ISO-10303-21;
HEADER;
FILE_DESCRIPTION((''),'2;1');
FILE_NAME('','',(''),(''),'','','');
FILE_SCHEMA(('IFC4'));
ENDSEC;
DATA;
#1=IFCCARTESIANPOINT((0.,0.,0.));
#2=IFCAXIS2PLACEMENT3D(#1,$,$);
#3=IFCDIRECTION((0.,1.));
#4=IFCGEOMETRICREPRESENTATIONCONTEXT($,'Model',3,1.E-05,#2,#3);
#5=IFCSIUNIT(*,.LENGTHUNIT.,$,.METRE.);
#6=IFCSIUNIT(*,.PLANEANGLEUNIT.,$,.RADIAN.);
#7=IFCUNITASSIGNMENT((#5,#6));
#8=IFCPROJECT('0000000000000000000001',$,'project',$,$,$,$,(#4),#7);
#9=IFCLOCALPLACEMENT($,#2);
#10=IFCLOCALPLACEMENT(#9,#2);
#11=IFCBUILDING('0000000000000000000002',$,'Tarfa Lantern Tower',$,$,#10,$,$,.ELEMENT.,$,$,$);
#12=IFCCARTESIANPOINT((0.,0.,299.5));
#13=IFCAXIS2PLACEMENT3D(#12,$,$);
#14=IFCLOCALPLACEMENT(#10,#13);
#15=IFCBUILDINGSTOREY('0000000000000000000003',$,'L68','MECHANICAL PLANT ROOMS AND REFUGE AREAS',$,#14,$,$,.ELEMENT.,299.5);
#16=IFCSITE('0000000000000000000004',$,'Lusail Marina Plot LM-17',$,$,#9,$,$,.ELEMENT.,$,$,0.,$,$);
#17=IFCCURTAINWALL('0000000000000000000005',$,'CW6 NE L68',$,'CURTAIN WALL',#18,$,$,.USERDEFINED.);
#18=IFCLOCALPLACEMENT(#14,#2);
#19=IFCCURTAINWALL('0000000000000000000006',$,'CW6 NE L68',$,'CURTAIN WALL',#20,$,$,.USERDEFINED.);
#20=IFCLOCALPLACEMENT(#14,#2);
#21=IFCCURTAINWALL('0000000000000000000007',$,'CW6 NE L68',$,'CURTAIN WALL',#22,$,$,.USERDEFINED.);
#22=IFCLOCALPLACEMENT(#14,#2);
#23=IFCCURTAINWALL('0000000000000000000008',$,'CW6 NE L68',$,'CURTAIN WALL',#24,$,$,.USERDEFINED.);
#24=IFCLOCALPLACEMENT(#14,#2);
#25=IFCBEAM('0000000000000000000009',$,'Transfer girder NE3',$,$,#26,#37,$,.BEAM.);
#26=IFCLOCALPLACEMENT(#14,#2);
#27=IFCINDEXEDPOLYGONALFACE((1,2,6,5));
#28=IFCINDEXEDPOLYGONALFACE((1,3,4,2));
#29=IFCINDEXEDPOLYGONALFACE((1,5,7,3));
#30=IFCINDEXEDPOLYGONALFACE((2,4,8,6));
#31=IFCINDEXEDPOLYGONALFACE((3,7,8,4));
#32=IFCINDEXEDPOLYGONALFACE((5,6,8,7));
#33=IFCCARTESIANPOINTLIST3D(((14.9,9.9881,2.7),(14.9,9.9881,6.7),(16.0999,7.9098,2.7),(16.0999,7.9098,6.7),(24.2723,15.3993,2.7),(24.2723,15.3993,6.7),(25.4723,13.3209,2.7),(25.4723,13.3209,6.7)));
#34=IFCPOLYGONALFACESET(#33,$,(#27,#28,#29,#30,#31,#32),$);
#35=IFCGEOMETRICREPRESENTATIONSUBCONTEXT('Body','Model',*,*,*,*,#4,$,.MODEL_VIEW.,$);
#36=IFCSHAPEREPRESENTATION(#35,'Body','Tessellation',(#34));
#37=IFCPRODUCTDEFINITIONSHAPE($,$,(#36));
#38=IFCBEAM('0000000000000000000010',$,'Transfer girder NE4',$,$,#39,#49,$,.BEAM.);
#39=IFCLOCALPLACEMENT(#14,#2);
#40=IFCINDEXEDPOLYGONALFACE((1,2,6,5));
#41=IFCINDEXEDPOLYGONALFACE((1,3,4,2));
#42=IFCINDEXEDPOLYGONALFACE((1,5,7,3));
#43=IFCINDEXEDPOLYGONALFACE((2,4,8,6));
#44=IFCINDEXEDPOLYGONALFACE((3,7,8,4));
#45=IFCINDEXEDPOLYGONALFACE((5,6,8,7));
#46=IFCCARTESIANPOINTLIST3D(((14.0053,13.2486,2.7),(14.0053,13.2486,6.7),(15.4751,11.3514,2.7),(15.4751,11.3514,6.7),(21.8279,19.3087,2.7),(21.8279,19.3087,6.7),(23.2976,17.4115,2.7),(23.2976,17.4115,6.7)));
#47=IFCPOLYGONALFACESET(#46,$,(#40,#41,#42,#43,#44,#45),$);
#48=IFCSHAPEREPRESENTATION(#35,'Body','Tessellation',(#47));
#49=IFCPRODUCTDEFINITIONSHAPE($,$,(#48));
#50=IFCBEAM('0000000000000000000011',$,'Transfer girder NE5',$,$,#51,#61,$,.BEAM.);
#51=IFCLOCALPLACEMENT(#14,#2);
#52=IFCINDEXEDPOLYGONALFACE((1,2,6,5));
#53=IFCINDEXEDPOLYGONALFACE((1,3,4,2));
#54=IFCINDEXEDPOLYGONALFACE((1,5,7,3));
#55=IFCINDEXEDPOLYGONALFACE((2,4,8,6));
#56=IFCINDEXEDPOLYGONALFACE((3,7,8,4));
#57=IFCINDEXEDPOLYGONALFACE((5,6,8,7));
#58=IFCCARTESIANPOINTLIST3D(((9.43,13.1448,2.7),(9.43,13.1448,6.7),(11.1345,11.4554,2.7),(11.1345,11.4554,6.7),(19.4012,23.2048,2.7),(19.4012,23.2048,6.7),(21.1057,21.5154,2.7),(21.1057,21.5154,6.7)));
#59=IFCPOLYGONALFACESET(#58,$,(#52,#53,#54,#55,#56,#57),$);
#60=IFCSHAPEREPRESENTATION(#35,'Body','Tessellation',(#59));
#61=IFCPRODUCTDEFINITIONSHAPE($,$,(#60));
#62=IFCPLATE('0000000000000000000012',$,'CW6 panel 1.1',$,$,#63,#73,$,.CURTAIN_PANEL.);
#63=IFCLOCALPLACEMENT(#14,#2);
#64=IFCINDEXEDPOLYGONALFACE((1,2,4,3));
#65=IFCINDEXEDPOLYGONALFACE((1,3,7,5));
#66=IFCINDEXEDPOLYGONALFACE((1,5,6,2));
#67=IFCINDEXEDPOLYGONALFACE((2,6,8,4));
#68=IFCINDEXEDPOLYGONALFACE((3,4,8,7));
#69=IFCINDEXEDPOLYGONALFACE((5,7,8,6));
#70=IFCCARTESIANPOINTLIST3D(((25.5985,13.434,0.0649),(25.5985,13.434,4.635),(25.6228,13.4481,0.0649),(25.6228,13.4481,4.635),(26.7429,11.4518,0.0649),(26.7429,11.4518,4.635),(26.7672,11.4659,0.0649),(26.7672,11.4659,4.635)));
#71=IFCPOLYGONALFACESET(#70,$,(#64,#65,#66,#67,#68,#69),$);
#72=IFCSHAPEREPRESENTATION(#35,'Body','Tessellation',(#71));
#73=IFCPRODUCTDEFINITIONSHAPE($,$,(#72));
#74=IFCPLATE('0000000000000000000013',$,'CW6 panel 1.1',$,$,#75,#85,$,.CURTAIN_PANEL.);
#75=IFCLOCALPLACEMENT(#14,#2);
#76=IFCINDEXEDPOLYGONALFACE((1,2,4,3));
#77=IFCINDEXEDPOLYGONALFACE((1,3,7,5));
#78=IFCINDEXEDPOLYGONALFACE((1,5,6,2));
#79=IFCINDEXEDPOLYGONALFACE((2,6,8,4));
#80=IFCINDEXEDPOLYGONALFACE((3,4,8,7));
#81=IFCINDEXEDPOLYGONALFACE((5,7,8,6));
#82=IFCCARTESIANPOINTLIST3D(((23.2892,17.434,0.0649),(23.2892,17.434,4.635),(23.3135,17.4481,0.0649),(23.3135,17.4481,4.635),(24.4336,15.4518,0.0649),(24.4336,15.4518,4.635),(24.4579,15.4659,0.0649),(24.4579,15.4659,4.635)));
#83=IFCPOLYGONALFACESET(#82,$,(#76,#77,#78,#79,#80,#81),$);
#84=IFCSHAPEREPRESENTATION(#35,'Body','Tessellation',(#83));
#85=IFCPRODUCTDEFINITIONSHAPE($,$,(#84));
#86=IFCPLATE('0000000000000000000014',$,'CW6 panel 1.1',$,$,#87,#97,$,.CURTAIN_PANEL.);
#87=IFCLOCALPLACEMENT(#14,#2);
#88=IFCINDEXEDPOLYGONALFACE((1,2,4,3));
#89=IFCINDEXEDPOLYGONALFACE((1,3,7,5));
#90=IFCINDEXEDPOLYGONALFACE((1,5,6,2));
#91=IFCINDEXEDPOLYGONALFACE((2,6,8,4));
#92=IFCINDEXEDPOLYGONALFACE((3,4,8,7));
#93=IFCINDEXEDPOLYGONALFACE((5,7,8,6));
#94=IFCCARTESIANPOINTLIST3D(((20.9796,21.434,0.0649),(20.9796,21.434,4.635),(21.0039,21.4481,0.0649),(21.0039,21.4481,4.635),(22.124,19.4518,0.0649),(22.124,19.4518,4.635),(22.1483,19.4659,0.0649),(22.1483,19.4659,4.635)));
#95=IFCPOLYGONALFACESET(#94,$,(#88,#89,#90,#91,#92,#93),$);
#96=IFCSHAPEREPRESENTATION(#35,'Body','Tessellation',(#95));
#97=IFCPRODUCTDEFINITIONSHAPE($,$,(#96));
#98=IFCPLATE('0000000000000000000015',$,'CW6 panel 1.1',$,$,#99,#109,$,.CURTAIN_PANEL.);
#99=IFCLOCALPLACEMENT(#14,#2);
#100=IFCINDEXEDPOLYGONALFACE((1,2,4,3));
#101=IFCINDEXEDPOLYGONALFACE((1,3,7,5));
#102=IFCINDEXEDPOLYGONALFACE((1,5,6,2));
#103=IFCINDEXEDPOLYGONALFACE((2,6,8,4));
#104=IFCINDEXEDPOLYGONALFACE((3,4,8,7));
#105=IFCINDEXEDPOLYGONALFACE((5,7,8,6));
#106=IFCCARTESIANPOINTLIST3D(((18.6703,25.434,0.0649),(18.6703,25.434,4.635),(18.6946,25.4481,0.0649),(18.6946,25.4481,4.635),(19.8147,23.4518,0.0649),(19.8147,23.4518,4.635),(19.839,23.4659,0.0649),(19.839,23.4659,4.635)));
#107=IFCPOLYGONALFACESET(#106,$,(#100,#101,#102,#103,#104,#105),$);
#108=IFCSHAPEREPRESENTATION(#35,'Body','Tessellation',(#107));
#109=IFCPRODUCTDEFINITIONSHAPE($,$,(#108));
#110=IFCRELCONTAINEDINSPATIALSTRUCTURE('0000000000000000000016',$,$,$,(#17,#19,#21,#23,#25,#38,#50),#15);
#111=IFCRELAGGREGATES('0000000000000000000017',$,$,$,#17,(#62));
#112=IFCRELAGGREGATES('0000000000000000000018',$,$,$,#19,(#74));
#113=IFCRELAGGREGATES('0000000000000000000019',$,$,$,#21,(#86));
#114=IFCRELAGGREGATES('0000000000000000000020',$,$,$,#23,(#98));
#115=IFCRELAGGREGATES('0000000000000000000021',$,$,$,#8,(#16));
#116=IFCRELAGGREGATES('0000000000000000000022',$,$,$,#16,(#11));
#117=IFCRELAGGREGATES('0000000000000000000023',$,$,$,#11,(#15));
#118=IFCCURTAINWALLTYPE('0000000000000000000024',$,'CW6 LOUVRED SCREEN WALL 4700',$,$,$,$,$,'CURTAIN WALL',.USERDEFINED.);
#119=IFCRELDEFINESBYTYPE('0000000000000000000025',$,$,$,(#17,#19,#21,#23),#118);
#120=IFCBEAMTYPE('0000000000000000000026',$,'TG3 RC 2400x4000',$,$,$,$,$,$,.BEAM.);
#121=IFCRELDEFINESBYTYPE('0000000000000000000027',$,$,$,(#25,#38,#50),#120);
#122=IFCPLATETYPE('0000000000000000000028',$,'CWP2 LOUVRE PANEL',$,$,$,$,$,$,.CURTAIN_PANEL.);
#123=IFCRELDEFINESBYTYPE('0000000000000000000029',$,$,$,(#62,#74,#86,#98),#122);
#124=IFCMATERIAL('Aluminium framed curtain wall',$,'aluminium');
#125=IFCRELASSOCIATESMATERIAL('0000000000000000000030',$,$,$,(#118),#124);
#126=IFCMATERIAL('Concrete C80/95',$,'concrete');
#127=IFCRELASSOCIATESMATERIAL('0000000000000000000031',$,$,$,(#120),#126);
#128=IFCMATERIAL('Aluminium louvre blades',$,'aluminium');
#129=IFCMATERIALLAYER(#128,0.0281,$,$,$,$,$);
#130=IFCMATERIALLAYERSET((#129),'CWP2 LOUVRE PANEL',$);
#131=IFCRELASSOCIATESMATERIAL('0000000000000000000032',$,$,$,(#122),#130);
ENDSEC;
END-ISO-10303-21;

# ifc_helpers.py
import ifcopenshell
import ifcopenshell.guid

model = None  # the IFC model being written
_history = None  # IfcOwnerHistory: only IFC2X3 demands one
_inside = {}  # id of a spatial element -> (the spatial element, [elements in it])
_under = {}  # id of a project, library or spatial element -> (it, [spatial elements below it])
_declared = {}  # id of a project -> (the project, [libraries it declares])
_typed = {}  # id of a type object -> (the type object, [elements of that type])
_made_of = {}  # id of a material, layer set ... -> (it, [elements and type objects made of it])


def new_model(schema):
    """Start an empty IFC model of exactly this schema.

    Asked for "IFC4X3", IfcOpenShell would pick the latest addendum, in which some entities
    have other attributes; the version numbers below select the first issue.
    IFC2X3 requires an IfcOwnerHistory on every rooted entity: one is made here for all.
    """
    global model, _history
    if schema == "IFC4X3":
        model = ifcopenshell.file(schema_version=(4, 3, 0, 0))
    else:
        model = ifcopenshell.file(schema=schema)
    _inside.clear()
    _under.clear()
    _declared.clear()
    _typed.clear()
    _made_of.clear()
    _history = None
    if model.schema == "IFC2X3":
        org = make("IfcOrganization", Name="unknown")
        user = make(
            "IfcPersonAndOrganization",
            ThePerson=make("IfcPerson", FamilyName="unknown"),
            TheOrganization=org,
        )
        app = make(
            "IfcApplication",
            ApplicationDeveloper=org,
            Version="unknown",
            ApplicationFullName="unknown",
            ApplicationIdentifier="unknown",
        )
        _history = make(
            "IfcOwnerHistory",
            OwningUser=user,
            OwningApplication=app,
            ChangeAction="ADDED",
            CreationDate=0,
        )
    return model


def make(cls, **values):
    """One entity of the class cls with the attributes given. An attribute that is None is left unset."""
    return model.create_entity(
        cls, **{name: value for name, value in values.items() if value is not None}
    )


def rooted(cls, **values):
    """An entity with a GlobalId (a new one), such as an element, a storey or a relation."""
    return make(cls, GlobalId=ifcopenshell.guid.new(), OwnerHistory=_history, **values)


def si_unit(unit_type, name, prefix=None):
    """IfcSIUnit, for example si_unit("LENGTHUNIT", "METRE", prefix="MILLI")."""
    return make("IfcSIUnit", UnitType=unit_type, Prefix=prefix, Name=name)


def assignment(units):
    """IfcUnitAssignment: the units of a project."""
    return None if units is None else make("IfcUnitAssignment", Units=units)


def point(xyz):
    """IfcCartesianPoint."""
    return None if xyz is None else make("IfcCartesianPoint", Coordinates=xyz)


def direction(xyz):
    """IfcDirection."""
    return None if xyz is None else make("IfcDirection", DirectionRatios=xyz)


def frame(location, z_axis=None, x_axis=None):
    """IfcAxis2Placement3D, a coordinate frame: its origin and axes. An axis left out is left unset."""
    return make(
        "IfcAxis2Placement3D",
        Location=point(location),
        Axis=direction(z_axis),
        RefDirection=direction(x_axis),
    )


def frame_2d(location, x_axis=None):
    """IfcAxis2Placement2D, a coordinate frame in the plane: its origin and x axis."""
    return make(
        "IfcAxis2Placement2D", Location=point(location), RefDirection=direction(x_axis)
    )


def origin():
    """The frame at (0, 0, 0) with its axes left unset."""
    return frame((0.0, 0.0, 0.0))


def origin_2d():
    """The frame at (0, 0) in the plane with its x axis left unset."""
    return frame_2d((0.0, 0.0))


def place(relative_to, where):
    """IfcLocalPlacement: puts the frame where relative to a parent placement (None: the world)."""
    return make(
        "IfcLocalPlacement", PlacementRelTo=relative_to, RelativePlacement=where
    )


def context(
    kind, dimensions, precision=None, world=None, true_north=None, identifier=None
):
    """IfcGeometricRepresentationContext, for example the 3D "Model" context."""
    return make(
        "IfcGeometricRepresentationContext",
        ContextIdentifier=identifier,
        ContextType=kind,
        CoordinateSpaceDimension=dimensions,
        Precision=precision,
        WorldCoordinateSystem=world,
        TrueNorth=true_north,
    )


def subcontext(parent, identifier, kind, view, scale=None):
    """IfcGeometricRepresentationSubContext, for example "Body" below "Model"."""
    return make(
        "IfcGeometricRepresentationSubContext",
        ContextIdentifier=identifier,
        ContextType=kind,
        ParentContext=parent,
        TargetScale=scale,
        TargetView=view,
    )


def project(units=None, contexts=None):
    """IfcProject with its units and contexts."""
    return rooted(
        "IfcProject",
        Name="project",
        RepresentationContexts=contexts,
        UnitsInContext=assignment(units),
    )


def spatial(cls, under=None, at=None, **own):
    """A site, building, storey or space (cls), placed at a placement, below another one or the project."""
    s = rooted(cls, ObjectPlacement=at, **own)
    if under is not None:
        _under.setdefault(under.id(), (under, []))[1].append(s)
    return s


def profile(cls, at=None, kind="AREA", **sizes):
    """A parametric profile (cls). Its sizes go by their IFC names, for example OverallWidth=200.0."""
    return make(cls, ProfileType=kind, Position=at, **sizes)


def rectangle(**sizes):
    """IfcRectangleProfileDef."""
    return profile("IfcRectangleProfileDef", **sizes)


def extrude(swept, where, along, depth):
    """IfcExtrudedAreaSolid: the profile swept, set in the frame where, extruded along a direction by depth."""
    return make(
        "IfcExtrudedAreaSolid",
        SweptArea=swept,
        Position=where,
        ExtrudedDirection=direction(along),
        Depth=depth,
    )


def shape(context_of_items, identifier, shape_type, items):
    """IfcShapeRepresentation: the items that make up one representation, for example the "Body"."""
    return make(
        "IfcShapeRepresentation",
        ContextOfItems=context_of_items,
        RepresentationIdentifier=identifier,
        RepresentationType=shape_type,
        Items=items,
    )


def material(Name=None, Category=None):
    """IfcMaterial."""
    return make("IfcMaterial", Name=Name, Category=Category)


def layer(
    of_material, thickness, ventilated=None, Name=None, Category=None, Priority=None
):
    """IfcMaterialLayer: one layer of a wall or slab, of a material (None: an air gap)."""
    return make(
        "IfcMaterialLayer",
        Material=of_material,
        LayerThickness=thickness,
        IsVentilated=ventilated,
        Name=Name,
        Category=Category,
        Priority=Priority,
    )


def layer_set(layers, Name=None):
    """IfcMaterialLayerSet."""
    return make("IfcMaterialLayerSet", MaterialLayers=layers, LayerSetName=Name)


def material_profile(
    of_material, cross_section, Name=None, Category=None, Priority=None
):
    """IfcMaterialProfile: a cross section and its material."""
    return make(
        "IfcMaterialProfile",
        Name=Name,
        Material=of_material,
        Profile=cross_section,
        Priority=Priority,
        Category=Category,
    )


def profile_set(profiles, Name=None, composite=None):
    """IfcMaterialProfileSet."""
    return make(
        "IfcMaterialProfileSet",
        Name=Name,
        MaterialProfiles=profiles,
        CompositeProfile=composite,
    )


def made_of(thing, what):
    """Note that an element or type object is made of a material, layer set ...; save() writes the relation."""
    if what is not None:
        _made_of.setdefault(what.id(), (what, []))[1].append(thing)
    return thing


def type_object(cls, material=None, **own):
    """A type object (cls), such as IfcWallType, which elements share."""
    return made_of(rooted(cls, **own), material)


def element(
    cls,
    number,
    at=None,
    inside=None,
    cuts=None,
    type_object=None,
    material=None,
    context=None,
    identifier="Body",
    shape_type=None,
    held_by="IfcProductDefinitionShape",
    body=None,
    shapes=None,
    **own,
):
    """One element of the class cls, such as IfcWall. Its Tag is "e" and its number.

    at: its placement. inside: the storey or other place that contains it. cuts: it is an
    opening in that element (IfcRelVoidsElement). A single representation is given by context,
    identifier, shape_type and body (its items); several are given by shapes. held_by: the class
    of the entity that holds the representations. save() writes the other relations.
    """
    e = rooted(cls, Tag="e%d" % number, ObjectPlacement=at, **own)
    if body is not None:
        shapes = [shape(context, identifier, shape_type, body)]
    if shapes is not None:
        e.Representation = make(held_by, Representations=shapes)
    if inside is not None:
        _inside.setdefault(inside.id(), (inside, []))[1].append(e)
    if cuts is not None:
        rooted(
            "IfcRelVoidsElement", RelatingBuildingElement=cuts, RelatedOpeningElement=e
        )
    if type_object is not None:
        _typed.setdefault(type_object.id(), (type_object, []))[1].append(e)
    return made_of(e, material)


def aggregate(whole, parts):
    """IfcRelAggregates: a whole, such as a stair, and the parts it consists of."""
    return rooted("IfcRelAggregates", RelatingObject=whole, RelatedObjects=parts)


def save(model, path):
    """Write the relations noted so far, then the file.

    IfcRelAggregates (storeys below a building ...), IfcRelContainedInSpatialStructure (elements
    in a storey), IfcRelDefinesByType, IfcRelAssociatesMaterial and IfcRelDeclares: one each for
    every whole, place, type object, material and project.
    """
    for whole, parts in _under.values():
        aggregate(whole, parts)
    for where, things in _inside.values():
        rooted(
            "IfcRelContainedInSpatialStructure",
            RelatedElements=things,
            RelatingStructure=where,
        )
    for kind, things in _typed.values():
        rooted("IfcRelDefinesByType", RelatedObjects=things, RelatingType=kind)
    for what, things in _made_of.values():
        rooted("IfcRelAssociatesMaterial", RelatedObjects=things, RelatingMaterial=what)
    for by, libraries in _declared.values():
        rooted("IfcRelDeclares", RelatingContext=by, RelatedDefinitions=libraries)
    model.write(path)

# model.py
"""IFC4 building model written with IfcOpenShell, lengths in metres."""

from ifc_helpers import new_model, si_unit, direction, frame, origin, origin_2d, place, context, subcontext, project, spatial, rectangle, extrude, material, layer, layer_set, material_profile, profile_set, type_object, element, aggregate, save


model = new_model("IFC4")

# Units and contexts
model_context = context("Model", 3, precision=1e-05, world=origin(), true_north=direction((0.0, 1.0)))
body_context = subcontext(model_context, "Body", "Model", "MODEL_VIEW")
ifc_project = project(units=[si_unit("LENGTHUNIT", "METRE"), si_unit("PLANEANGLEUNIT", "RADIAN")], contexts=[model_context])

# Site, building, storey
site_placement = place(None, origin())
site = spatial("IfcSite", under=ifc_project, at=site_placement, Name="Lusail Marina Plot LM-17", CompositionType="ELEMENT", RefElevation=0.0)
building_placement = place(site_placement, origin())
building = spatial("IfcBuilding", under=site, at=building_placement, Name="Tarfa Lantern Tower", CompositionType="ELEMENT")
storey_placement = place(building_placement, frame((0.0, 0.0, 299.5)))
storey = spatial("IfcBuildingStorey", under=building, at=storey_placement, Name="L68", Description="MECHANICAL PLANT ROOMS AND REFUGE AREAS", CompositionType="ELEMENT", Elevation=299.5)

# Shared definitions
ifc_material_1 = material(Name="Concrete C80/95", Category="concrete")

# Curtain wall
ifc_material_2 = material(Name="Aluminium framed curtain wall", Category="aluminium")
curtain_wall_type = type_object("IfcCurtainWallType", Name="CW6 LOUVRED SCREEN WALL 4700", ElementType="CURTAIN WALL", PredefinedType="USERDEFINED", material=ifc_material_2)
curtain_wall_1_placement = place(storey_placement, origin())
curtain_wall_1 = element("IfcCurtainWall", 1, at=curtain_wall_1_placement, inside=storey, type_object=curtain_wall_type, Name="CW6 NE L68", ObjectType="CURTAIN WALL", PredefinedType="USERDEFINED")

# Curtain walls
curtain_wall_2_placement = place(storey_placement, origin())
curtain_wall_2 = element("IfcCurtainWall", 2, at=curtain_wall_2_placement, inside=storey, type_object=curtain_wall_type, Name="CW6 NE L68", ObjectType="CURTAIN WALL", PredefinedType="USERDEFINED")
curtain_wall_3_placement = place(storey_placement, origin())
curtain_wall_3 = element("IfcCurtainWall", 3, at=curtain_wall_3_placement, inside=storey, type_object=curtain_wall_type, Name="CW6 NE L68", ObjectType="CURTAIN WALL", PredefinedType="USERDEFINED")
curtain_wall_4_placement = place(storey_placement, origin())
curtain_wall_4 = element("IfcCurtainWall", 4, at=curtain_wall_4_placement, inside=storey, type_object=curtain_wall_type, Name="CW6 NE L68", ObjectType="CURTAIN WALL", PredefinedType="USERDEFINED")

# Beams
ifc_material_profile_1 = material_profile(ifc_material_1, rectangle(XDim=2.3999, YDim=4.0, at=origin_2d()), Name="RC 2400x4000")
ifc_profile_set_1 = profile_set([ifc_material_profile_1], Name="Concrete C80/95")
beam_type_1 = type_object("IfcBeamType", Name="TG3 RC 2400x4000", PredefinedType="BEAM", material=ifc_profile_set_1)
beam_1_placement = place(storey_placement, frame((24.8723, 14.3601, 4.7), z_axis=(-0.866024, -0.500002, 0.0), x_axis=(0.500002, -0.866024, 0.0)))
element("IfcBeam", 5, at=beam_1_placement, inside=storey, type_object=beam_type_1, Name="Transfer girder NE3", PredefinedType="BEAM", context=body_context, shape_type="SweptSolid", body=[
    extrude(rectangle(XDim=2.3999, YDim=4.0, at=origin_2d()), origin(), (0.0, 0.0, 1.0), 10.8223),
])
beam_2_placement = place(storey_placement, frame((22.5627, 18.3601, 4.7), z_axis=(-0.790532, -0.612421, 0.0), x_axis=(0.612421, -0.790532, 0.0)))
element("IfcBeam", 6, at=beam_2_placement, inside=storey, type_object=beam_type_1, Name="Transfer girder NE4", PredefinedType="BEAM", context=body_context, shape_type="SweptSolid", body=[
    extrude(rectangle(XDim=2.3999, YDim=4.0, at=origin_2d()), origin(), (0.0, 0.0, 1.0), 9.8953),
])
beam_3_placement = place(storey_placement, frame((20.2534, 22.3601, 4.7), z_axis=(-0.703963, -0.710237, 0.0), x_axis=(0.710237, -0.703963, 0.0)))
element("IfcBeam", 7, at=beam_3_placement, inside=storey, type_object=beam_type_1, Name="Transfer girder NE5", PredefinedType="BEAM", context=body_context, shape_type="SweptSolid", body=[
    extrude(rectangle(XDim=2.3999, YDim=4.0, at=origin_2d()), origin(), (0.0, 0.0, 1.0), 14.1643),
])

# Plates
ifc_material_3 = material(Name="Aluminium louvre blades", Category="aluminium")
ifc_layer = layer(ifc_material_3, 0.0281)
ifc_layer_set = layer_set([ifc_layer], Name="CWP2 LOUVRE PANEL")
plate_type = type_object("IfcPlateType", Name="CWP2 LOUVRE PANEL", PredefinedType="CURTAIN_PANEL", material=ifc_layer_set)
plate_1_placement = place(storey_placement, frame((26.1829, 12.45, 0.0649), z_axis=(0.0, 0.0, 1.0), x_axis=(-0.5, 0.866025, 0.0)))
plate_1 = element("IfcPlate", 8, at=plate_1_placement, type_object=plate_type, Name="CW6 panel 1.1", PredefinedType="CURTAIN_PANEL", context=body_context, shape_type="SweptSolid", body=[
    extrude(rectangle(XDim=2.2888, YDim=0.0281, at=origin_2d()), origin(), (0.0, 0.0, 1.0), 4.5701),
])
aggregate(curtain_wall_1, [plate_1])
plate_2_placement = place(storey_placement, frame((23.8735, 16.45, 0.0649), z_axis=(0.0, 0.0, 1.0), x_axis=(-0.5, 0.866025, 0.0)))
plate_2 = element("IfcPlate", 9, at=plate_2_placement, type_object=plate_type, Name="CW6 panel 1.1", PredefinedType="CURTAIN_PANEL", context=body_context, shape_type="SweptSolid", body=[
    extrude(rectangle(XDim=2.2888, YDim=0.0281, at=origin_2d()), origin(), (0.0, 0.0, 1.0), 4.5701),
])
aggregate(curtain_wall_2, [plate_2])
plate_3_placement = place(storey_placement, frame((21.564, 20.45, 0.0649), z_axis=(0.0, 0.0, 1.0), x_axis=(-0.5, 0.866025, 0.0)))
plate_3 = element("IfcPlate", 10, at=plate_3_placement, type_object=plate_type, Name="CW6 panel 1.1", PredefinedType="CURTAIN_PANEL", context=body_context, shape_type="SweptSolid", body=[
    extrude(rectangle(XDim=2.2888, YDim=0.0281, at=origin_2d()), origin(), (0.0, 0.0, 1.0), 4.5701),
])
aggregate(curtain_wall_3, [plate_3])
plate_4_placement = place(storey_placement, frame((19.2546, 24.45, 0.0649), z_axis=(0.0, 0.0, 1.0), x_axis=(-0.5, 0.866025, 0.0)))
plate_4 = element("IfcPlate", 11, at=plate_4_placement, type_object=plate_type, Name="CW6 panel 1.1", PredefinedType="CURTAIN_PANEL", context=body_context, shape_type="SweptSolid", body=[
    extrude(rectangle(XDim=2.2888, YDim=0.0281, at=origin_2d()), origin(), (0.0, 0.0, 1.0), 4.5701),
])
aggregate(curtain_wall_4, [plate_4])

save(model, "model.ifc")
